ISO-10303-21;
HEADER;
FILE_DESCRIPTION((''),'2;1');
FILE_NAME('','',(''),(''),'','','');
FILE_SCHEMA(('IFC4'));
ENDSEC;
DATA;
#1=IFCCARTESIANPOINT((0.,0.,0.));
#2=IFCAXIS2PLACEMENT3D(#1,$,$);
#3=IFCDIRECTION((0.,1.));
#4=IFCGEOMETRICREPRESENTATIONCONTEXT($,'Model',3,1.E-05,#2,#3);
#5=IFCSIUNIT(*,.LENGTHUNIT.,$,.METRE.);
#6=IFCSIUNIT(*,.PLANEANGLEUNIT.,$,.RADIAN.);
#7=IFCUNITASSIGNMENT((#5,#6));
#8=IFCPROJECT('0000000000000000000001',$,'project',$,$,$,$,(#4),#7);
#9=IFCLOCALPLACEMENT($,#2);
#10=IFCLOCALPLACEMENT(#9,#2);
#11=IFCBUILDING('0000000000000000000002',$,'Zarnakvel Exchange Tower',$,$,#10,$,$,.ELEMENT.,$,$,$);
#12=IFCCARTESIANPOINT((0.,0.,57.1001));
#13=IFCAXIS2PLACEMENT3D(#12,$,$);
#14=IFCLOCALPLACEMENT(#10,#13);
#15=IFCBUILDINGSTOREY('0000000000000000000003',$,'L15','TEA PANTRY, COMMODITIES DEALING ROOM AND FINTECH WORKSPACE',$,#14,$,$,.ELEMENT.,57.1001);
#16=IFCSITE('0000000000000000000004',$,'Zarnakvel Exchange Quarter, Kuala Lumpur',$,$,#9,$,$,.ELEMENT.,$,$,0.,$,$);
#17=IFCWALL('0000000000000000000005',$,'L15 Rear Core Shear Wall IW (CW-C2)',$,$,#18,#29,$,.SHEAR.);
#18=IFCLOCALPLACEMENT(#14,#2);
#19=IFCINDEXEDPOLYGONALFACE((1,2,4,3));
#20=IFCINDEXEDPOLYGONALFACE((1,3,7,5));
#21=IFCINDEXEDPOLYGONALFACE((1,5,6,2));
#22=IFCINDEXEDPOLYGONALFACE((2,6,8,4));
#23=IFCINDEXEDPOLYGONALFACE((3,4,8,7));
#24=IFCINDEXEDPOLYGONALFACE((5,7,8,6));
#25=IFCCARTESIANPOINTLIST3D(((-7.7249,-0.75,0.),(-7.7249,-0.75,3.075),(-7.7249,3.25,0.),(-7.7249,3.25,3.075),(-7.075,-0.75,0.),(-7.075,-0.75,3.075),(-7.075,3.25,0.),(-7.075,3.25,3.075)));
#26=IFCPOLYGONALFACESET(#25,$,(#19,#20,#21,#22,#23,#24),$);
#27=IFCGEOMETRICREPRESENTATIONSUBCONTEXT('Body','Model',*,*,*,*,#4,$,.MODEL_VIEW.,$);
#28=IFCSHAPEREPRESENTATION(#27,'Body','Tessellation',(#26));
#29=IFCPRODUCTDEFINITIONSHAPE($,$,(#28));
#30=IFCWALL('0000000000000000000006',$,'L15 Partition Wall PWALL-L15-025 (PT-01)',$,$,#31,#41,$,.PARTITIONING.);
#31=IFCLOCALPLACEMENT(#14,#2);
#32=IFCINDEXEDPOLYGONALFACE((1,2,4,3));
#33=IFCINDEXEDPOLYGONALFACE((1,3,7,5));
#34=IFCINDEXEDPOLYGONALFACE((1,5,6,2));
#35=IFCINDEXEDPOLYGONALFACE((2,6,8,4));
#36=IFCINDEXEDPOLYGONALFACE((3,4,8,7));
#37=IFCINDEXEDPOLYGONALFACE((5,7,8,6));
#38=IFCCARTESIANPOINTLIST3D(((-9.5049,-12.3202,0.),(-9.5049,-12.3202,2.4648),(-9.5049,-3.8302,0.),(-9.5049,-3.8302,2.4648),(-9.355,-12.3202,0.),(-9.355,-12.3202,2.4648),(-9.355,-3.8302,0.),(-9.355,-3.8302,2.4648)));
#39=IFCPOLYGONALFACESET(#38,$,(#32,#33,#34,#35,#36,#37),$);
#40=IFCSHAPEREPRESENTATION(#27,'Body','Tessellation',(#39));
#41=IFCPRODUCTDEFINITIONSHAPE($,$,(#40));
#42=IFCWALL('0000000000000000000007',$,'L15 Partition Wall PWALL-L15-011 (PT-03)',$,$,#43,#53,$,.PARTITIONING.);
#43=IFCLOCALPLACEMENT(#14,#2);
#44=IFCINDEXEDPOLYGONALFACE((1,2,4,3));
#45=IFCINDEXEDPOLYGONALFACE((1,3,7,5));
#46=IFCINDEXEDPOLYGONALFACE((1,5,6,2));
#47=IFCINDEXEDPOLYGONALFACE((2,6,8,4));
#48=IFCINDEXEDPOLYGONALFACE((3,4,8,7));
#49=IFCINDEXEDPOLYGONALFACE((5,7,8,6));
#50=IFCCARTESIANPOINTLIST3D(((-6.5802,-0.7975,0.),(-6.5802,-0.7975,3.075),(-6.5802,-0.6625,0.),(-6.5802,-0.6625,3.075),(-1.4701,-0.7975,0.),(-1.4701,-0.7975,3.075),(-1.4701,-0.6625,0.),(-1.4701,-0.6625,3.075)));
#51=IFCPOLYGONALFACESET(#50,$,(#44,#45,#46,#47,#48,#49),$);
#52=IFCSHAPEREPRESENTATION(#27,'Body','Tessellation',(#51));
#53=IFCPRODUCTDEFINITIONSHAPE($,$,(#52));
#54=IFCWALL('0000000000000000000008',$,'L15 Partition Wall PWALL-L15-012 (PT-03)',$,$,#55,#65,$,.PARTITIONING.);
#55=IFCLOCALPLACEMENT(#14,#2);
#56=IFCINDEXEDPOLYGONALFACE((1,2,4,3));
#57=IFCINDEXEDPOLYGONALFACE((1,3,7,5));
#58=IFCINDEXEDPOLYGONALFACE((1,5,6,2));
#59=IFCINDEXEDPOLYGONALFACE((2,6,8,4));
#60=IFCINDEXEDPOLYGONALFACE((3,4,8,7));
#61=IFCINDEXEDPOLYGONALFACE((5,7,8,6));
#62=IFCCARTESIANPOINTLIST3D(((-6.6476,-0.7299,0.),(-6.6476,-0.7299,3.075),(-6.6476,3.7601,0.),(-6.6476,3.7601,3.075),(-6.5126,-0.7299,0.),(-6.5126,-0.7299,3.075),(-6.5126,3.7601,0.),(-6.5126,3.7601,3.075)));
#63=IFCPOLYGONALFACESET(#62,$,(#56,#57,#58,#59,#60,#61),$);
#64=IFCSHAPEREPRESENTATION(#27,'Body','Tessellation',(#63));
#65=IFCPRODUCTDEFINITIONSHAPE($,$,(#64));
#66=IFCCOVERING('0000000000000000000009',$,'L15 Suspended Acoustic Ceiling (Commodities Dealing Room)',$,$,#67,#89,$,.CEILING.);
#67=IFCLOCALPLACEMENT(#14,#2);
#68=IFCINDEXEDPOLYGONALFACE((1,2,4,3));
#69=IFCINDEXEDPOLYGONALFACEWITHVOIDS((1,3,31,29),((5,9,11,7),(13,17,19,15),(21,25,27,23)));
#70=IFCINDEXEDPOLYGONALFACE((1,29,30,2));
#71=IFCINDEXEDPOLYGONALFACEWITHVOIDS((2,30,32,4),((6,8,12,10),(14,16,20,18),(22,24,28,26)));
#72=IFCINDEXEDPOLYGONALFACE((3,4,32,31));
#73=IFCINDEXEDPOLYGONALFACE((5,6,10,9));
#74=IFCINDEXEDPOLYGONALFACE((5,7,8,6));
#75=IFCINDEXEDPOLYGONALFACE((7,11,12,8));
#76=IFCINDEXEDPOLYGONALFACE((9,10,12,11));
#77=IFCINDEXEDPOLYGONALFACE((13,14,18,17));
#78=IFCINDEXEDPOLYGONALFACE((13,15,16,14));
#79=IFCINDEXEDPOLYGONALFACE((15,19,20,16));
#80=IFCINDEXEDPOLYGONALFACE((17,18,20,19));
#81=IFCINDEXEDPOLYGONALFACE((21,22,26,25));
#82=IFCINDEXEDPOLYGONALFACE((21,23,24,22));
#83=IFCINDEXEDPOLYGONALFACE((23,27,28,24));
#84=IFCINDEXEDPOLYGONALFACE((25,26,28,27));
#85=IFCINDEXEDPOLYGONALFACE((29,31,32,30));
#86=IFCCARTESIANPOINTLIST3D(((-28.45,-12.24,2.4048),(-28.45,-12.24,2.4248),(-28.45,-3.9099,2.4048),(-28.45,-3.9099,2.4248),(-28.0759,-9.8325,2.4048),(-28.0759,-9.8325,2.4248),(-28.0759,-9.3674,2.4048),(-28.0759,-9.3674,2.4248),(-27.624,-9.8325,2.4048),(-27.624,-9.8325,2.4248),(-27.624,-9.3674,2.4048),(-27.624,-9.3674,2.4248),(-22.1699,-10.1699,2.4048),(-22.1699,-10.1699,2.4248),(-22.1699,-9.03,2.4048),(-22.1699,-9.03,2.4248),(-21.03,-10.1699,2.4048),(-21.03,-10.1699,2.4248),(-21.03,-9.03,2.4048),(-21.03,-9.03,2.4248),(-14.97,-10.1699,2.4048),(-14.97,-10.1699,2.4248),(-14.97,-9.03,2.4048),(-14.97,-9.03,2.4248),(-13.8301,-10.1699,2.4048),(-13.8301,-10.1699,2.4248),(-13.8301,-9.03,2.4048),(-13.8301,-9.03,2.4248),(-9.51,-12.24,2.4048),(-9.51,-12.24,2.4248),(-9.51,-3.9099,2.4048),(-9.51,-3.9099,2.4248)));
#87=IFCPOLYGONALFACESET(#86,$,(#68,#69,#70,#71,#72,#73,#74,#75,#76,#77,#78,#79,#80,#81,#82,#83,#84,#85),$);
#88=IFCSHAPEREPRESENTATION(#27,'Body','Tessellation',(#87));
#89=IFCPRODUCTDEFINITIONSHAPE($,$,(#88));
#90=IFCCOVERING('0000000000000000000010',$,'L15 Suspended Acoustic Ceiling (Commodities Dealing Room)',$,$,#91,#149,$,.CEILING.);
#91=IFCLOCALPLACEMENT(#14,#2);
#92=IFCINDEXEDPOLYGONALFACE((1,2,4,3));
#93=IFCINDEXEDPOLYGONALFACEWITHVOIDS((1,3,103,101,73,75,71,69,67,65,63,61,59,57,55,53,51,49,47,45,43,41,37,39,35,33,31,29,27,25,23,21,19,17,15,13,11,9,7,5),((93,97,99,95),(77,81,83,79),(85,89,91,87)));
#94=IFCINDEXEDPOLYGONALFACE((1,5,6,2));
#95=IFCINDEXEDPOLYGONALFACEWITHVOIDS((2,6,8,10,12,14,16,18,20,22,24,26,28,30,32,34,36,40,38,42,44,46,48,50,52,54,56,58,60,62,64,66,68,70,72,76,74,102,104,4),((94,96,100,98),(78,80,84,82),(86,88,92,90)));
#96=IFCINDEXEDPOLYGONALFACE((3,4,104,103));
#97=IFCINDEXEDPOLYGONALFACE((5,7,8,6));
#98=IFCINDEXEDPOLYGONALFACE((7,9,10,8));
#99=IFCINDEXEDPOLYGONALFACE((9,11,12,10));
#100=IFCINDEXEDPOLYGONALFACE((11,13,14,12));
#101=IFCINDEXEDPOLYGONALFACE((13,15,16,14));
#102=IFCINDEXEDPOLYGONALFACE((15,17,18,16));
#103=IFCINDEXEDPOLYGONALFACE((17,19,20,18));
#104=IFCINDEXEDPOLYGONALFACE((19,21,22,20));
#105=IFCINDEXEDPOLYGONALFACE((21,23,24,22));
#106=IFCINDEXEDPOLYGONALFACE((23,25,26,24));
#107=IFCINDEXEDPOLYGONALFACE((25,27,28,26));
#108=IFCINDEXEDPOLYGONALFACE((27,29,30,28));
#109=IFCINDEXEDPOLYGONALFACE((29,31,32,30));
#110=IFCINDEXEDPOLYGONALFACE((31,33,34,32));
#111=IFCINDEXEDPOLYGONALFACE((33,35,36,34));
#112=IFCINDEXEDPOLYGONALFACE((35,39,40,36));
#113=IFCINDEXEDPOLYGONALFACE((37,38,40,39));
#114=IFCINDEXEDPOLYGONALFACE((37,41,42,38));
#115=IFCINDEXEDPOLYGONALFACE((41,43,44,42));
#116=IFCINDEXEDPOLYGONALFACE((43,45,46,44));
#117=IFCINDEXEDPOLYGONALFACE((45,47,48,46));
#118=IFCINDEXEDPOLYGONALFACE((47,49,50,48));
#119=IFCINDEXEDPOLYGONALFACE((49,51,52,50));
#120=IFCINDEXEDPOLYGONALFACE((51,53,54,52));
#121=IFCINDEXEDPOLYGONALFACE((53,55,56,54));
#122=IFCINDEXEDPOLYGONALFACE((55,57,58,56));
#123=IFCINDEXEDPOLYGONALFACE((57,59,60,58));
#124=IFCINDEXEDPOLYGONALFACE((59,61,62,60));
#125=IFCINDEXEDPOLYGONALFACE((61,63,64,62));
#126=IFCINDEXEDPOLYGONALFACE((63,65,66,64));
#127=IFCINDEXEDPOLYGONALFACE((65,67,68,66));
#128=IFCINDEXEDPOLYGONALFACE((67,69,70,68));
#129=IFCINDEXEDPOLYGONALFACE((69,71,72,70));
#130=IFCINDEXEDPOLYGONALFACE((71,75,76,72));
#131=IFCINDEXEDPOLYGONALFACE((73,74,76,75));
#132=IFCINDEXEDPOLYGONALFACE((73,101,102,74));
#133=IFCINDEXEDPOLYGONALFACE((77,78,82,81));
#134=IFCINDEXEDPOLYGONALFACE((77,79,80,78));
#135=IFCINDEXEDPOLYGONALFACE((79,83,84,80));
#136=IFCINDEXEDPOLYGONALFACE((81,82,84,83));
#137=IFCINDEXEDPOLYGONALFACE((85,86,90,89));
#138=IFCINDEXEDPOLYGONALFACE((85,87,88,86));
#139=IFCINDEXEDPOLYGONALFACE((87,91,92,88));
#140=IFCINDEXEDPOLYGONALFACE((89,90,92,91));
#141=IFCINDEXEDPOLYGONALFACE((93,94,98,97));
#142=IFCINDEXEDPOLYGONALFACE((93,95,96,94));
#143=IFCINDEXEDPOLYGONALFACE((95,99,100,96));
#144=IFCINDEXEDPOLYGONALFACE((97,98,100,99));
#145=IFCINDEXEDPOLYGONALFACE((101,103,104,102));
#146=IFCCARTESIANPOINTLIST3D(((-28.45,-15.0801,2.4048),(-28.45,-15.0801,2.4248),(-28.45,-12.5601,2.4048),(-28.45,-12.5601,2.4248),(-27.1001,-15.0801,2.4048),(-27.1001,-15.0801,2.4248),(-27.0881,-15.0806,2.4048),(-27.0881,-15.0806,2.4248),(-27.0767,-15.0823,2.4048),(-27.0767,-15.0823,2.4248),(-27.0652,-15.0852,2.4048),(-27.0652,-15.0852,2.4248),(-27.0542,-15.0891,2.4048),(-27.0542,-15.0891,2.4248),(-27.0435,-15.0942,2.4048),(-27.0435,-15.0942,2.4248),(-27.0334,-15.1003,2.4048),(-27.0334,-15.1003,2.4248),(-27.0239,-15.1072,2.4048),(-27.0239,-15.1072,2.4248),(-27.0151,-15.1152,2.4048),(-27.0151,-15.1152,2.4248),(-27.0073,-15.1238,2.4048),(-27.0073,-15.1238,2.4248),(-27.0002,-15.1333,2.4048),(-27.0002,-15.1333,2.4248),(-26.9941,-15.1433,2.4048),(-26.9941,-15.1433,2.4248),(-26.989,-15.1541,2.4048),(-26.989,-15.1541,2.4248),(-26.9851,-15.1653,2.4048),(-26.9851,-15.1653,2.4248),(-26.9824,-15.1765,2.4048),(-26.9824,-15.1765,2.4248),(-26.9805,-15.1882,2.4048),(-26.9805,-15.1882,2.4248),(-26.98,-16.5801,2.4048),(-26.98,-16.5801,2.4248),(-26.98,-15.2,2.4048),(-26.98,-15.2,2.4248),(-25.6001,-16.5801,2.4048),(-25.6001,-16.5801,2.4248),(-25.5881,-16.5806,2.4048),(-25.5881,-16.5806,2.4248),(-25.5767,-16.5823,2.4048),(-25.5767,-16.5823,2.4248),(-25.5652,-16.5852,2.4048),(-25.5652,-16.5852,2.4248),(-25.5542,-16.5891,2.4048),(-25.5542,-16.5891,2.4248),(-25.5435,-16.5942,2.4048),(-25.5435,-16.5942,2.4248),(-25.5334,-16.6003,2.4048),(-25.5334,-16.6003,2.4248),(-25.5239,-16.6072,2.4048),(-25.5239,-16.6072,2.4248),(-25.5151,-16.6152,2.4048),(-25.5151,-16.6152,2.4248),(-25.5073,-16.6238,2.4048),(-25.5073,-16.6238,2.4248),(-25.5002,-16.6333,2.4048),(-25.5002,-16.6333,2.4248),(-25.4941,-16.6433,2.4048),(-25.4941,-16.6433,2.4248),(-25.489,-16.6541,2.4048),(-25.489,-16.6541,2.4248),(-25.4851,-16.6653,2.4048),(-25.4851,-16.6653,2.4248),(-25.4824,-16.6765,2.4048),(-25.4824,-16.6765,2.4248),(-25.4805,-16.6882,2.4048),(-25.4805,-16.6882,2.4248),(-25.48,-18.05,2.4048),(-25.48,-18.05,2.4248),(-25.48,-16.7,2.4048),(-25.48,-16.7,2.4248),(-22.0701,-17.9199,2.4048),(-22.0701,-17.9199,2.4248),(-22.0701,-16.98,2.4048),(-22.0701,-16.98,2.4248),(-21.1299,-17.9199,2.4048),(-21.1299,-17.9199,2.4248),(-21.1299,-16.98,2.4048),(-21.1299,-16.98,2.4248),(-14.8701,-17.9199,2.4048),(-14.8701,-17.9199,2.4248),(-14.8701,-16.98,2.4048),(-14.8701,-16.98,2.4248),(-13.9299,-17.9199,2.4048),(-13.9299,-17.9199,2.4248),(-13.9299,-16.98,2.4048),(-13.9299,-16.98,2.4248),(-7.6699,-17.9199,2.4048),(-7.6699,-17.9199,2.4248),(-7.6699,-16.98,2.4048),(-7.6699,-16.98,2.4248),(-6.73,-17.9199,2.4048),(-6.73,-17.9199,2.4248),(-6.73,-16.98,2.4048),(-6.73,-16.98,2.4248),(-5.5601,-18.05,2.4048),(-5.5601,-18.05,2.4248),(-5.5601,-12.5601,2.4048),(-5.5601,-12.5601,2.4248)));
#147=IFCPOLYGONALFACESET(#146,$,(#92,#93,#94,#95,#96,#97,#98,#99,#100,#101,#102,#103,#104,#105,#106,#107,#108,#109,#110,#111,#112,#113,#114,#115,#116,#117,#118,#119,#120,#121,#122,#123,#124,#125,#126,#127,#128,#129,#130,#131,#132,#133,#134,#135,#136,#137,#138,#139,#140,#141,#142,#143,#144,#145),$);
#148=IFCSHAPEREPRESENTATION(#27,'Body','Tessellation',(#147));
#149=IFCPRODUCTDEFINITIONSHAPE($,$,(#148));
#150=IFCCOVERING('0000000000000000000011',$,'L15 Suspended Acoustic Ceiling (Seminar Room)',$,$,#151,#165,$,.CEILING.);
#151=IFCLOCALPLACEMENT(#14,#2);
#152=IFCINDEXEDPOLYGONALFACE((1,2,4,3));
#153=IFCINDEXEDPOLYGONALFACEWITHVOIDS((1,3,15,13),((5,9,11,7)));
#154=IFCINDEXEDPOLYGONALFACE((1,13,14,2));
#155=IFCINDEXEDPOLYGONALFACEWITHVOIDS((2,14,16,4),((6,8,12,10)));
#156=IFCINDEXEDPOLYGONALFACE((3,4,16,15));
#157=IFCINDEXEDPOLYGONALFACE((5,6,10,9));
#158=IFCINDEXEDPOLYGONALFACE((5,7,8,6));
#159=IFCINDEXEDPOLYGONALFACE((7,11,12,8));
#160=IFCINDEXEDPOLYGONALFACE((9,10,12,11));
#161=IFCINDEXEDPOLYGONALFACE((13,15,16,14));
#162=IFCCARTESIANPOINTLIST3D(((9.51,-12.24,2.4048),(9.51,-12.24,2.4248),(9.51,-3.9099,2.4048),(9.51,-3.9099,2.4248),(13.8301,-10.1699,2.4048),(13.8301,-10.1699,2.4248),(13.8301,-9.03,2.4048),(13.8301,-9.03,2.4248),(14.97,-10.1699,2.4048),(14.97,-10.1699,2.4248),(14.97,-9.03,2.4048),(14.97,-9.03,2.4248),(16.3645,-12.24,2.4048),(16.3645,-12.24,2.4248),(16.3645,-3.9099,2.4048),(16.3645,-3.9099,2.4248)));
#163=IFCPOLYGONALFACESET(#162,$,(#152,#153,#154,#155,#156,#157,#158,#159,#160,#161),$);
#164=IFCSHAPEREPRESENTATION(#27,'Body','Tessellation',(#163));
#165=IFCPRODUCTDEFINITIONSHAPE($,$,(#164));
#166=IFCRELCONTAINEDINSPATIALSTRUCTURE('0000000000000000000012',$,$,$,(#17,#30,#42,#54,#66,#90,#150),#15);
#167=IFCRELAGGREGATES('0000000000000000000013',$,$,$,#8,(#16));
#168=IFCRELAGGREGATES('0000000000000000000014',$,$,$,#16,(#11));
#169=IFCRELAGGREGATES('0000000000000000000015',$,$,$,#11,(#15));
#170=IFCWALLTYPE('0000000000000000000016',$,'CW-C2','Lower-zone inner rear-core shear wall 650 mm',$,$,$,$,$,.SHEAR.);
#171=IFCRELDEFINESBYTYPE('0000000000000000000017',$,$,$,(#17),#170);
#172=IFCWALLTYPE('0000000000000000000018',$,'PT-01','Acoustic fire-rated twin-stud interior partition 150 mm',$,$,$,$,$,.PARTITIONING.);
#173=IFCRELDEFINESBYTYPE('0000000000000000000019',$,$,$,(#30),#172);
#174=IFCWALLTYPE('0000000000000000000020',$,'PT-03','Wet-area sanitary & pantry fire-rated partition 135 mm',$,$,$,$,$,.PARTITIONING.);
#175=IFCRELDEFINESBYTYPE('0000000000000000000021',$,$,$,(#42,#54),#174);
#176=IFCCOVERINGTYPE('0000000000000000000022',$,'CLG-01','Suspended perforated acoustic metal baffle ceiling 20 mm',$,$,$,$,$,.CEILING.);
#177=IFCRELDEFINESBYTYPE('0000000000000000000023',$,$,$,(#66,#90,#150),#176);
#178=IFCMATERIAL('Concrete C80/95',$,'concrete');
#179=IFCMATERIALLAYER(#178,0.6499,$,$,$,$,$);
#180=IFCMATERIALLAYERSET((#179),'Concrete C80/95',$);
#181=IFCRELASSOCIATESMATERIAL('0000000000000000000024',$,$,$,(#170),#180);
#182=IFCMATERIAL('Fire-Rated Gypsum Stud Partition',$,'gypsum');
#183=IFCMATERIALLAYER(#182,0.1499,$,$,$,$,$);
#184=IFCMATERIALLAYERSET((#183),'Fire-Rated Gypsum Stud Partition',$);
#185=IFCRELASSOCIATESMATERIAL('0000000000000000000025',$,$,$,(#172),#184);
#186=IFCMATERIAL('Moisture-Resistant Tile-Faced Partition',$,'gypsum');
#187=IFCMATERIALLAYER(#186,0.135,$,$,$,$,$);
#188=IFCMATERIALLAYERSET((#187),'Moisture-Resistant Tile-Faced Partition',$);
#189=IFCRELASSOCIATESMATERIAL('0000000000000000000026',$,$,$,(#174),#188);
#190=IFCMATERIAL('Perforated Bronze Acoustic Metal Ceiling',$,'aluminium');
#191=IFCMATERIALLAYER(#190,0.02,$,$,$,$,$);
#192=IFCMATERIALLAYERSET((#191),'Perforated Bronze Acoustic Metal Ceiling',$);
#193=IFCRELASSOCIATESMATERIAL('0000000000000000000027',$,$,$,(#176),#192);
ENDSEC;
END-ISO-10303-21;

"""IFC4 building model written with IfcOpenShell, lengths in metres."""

from ifc_helpers import new_model, si_unit, direction, frame, frame_2d, origin, place, context, subcontext, project, spatial, polyline, rectangle, outline, extrude, material, layer, layer_set, type_object, element, save


model = new_model("IFC4")

# Units and contexts
model_context = context("Model", 3, precision=1e-05, world=origin(), true_north=direction((0.0, 1.0)))
body_context = subcontext(model_context, "Body", "Model", "MODEL_VIEW")
ifc_project = project(units=[si_unit("LENGTHUNIT", "METRE"), si_unit("PLANEANGLEUNIT", "RADIAN")], contexts=[model_context])

# Site, building, storey
site_placement = place(None, origin())
site = spatial("IfcSite", under=ifc_project, at=site_placement, Name="Zarnakvel Exchange Quarter, Kuala Lumpur", CompositionType="ELEMENT", RefElevation=0.0)
building_placement = place(site_placement, origin())
building = spatial("IfcBuilding", under=site, at=building_placement, Name="Zarnakvel Exchange Tower", CompositionType="ELEMENT")
storey_placement = place(building_placement, frame((0.0, 0.0, 57.1001)))
storey = spatial("IfcBuildingStorey", under=building, at=storey_placement, Name="L15", Description="TEA PANTRY, COMMODITIES DEALING ROOM AND FINTECH WORKSPACE", CompositionType="ELEMENT", Elevation=57.1001)

# Shared definitions
ifc_material_1 = material(Name="Concrete C80/95", Category="concrete")

# Walls
ifc_layer_1 = layer(ifc_material_1, 0.6499)
ifc_layer_set_1 = layer_set([ifc_layer_1], Name="Concrete C80/95")
wall_type_1 = type_object("IfcWallType", Name="CW-C2", Description="Lower-zone inner rear-core shear wall 650 mm", PredefinedType="SHEAR", material=ifc_layer_set_1)
wall_1_placement = place(storey_placement, frame((-7.3999, -0.75, 0.0), z_axis=(0.0, 0.0, 1.0), x_axis=(0.0, 1.0, 0.0)))
element("IfcWall", 1, at=wall_1_placement, inside=storey, type_object=wall_type_1, Name="L15 Rear Core Shear Wall IW (CW-C2)", PredefinedType="SHEAR", context=body_context, shape_type="SweptSolid", body=[
    extrude(rectangle(XDim=4.0, YDim=0.6499, at=frame_2d((2.0, 0.0))), origin(), (0.0, 0.0, 1.0), 3.075),
])
ifc_material_2 = material(Name="Fire-Rated Gypsum Stud Partition", Category="gypsum")
ifc_layer_2 = layer(ifc_material_2, 0.1499)
ifc_layer_set_2 = layer_set([ifc_layer_2], Name="Fire-Rated Gypsum Stud Partition")
wall_type_2 = type_object("IfcWallType", Name="PT-01", Description="Acoustic fire-rated twin-stud interior partition 150 mm", PredefinedType="PARTITIONING", material=ifc_layer_set_2)
wall_2_placement = place(storey_placement, frame((-9.4299, -3.8301, 0.0), z_axis=(0.0, 0.0, 1.0), x_axis=(0.0, -1.0, 0.0)))
element("IfcWall", 2, at=wall_2_placement, inside=storey, type_object=wall_type_2, Name="L15 Partition Wall PWALL-L15-025 (PT-01)", PredefinedType="PARTITIONING", context=body_context, shape_type="SweptSolid", body=[
    extrude(rectangle(XDim=8.49, YDim=0.1499, at=frame_2d((4.2451, 0.0))), origin(), (0.0, 0.0, 1.0), 2.4648),
])
ifc_material_3 = material(Name="Moisture-Resistant Tile-Faced Partition", Category="gypsum")
ifc_layer_3 = layer(ifc_material_3, 0.135)
ifc_layer_set_3 = layer_set([ifc_layer_3], Name="Moisture-Resistant Tile-Faced Partition")
wall_type_3 = type_object("IfcWallType", Name="PT-03", Description="Wet-area sanitary & pantry fire-rated partition 135 mm", PredefinedType="PARTITIONING", material=ifc_layer_set_3)
wall_3_placement = place(storey_placement, frame((-1.47, -0.73, 0.0), z_axis=(0.0, 0.0, 1.0), x_axis=(-1.0, 0.0, 0.0)))
element("IfcWall", 3, at=wall_3_placement, inside=storey, type_object=wall_type_3, Name="L15 Partition Wall PWALL-L15-011 (PT-03)", PredefinedType="PARTITIONING", context=body_context, shape_type="SweptSolid", body=[
    extrude(rectangle(XDim=5.1101, YDim=0.135, at=frame_2d((2.5552, 0.0))), origin(), (0.0, 0.0, 1.0), 3.075),
])
wall_4_placement = place(storey_placement, frame((-6.5801, -0.73, 0.0), z_axis=(0.0, 0.0, 1.0), x_axis=(0.0, 1.0, 0.0)))
element("IfcWall", 4, at=wall_4_placement, inside=storey, type_object=wall_type_3, Name="L15 Partition Wall PWALL-L15-012 (PT-03)", PredefinedType="PARTITIONING", context=body_context, shape_type="SweptSolid", body=[
    extrude(rectangle(XDim=4.49, YDim=0.135, at=frame_2d((2.2451, 0.0))), origin(), (0.0, 0.0, 1.0), 3.075),
])

# Coverings
ifc_material_4 = material(Name="Perforated Bronze Acoustic Metal Ceiling", Category="aluminium")
ifc_layer_4 = layer(ifc_material_4, 0.02)
ifc_layer_set_4 = layer_set([ifc_layer_4], Name="Perforated Bronze Acoustic Metal Ceiling")
covering_type_1 = type_object("IfcCoveringType", Name="CLG-01", Description="Suspended perforated acoustic metal baffle ceiling 20 mm", PredefinedType="CEILING", material=ifc_layer_set_4)
covering_1_placement = place(storey_placement, frame((0.0, 0.0, 2.4048)))
element("IfcCovering", 5, at=covering_1_placement, inside=storey, type_object=covering_type_1, Name="L15 Suspended Acoustic Ceiling (Commodities Dealing Room)", PredefinedType="CEILING", context=body_context, shape_type="SweptSolid", body=[
    extrude(outline(polyline([(-28.45, -3.9099), (-9.51, -3.9099), (-9.51, -12.24), (-28.45, -12.24), (-28.45, -3.9099)]), holes=[polyline([(-13.8301, -10.1699), (-13.8301, -9.03), (-14.97, -9.03), (-14.97, -10.1699), (-13.8301, -10.1699)]), polyline([(-21.03, -10.1699), (-21.03, -9.03), (-22.1699, -9.03), (-22.1699, -10.1699), (-21.03, -10.1699)]), polyline([(-28.0759, -9.8325), (-27.624, -9.8325), (-27.624, -9.3674), (-28.0759, -9.3674), (-28.0759, -9.8325)])]), origin(), (0.0, 0.0, 1.0), 0.02),
])
covering_2_placement = place(storey_placement, frame((0.0, 0.0, 2.4048)))
element("IfcCovering", 6, at=covering_2_placement, inside=storey, type_object=covering_type_1, Name="L15 Suspended Acoustic Ceiling (Commodities Dealing Room)", PredefinedType="CEILING", context=body_context, shape_type="SweptSolid", body=[
    extrude(outline(polyline([(-5.5601, -12.5601), (-5.5601, -18.05), (-25.48, -18.05), (-25.48, -16.7), (-25.4805, -16.6882), (-25.4824, -16.6765), (-25.4851, -16.6653), (-25.489, -16.6541), (-25.4941, -16.6433), (-25.5002, -16.6333), (-25.5073, -16.6238), (-25.5151, -16.6152), (-25.5239, -16.6072), (-25.5334, -16.6003), (-25.5435, -16.5942), (-25.5542, -16.5891), (-25.5652, -16.5852), (-25.5767, -16.5823), (-25.5881, -16.5806), (-25.6001, -16.5801), (-26.98, -16.5801), (-26.98, -15.2), (-26.9805, -15.1882), (-26.9824, -15.1765), (-26.9851, -15.1653), (-26.989, -15.1541), (-26.9941, -15.1433), (-27.0002, -15.1333), (-27.0073, -15.1238), (-27.0151, -15.1152), (-27.0239, -15.1072), (-27.0334, -15.1003), (-27.0435, -15.0942), (-27.0542, -15.0891), (-27.0652, -15.0852), (-27.0767, -15.0823), (-27.0881, -15.0806), (-27.1001, -15.0801), (-28.45, -15.0801), (-28.45, -12.5601), (-5.5601, -12.5601)]), holes=[polyline([(-6.73, -17.9199), (-6.73, -16.98), (-7.6699, -16.98), (-7.6699, -17.9199), (-6.73, -17.9199)]), polyline([(-13.9299, -17.9199), (-13.9299, -16.98), (-14.8701, -16.98), (-14.8701, -17.9199), (-13.9299, -17.9199)]), polyline([(-21.1299, -17.9199), (-21.1299, -16.98), (-22.0701, -16.98), (-22.0701, -17.9199), (-21.1299, -17.9199)])]), origin(), (0.0, 0.0, 1.0), 0.02),
])
covering_3_placement = place(storey_placement, frame((0.0, 0.0, 2.4048)))
element("IfcCovering", 7, at=covering_3_placement, inside=storey, type_object=covering_type_1, Name="L15 Suspended Acoustic Ceiling (Seminar Room)", PredefinedType="CEILING", context=body_context, shape_type="SweptSolid", body=[
    extrude(outline(polyline([(9.51, -3.9099), (16.3645, -3.9099), (16.3645, -12.24), (9.51, -12.24), (9.51, -3.9099)]), holes=[polyline([(13.8301, -10.1699), (14.97, -10.1699), (14.97, -9.03), (13.8301, -9.03), (13.8301, -10.1699)])]), origin(), (0.0, 0.0, 1.0), 0.02),
])

save(model, "model.ifc")
